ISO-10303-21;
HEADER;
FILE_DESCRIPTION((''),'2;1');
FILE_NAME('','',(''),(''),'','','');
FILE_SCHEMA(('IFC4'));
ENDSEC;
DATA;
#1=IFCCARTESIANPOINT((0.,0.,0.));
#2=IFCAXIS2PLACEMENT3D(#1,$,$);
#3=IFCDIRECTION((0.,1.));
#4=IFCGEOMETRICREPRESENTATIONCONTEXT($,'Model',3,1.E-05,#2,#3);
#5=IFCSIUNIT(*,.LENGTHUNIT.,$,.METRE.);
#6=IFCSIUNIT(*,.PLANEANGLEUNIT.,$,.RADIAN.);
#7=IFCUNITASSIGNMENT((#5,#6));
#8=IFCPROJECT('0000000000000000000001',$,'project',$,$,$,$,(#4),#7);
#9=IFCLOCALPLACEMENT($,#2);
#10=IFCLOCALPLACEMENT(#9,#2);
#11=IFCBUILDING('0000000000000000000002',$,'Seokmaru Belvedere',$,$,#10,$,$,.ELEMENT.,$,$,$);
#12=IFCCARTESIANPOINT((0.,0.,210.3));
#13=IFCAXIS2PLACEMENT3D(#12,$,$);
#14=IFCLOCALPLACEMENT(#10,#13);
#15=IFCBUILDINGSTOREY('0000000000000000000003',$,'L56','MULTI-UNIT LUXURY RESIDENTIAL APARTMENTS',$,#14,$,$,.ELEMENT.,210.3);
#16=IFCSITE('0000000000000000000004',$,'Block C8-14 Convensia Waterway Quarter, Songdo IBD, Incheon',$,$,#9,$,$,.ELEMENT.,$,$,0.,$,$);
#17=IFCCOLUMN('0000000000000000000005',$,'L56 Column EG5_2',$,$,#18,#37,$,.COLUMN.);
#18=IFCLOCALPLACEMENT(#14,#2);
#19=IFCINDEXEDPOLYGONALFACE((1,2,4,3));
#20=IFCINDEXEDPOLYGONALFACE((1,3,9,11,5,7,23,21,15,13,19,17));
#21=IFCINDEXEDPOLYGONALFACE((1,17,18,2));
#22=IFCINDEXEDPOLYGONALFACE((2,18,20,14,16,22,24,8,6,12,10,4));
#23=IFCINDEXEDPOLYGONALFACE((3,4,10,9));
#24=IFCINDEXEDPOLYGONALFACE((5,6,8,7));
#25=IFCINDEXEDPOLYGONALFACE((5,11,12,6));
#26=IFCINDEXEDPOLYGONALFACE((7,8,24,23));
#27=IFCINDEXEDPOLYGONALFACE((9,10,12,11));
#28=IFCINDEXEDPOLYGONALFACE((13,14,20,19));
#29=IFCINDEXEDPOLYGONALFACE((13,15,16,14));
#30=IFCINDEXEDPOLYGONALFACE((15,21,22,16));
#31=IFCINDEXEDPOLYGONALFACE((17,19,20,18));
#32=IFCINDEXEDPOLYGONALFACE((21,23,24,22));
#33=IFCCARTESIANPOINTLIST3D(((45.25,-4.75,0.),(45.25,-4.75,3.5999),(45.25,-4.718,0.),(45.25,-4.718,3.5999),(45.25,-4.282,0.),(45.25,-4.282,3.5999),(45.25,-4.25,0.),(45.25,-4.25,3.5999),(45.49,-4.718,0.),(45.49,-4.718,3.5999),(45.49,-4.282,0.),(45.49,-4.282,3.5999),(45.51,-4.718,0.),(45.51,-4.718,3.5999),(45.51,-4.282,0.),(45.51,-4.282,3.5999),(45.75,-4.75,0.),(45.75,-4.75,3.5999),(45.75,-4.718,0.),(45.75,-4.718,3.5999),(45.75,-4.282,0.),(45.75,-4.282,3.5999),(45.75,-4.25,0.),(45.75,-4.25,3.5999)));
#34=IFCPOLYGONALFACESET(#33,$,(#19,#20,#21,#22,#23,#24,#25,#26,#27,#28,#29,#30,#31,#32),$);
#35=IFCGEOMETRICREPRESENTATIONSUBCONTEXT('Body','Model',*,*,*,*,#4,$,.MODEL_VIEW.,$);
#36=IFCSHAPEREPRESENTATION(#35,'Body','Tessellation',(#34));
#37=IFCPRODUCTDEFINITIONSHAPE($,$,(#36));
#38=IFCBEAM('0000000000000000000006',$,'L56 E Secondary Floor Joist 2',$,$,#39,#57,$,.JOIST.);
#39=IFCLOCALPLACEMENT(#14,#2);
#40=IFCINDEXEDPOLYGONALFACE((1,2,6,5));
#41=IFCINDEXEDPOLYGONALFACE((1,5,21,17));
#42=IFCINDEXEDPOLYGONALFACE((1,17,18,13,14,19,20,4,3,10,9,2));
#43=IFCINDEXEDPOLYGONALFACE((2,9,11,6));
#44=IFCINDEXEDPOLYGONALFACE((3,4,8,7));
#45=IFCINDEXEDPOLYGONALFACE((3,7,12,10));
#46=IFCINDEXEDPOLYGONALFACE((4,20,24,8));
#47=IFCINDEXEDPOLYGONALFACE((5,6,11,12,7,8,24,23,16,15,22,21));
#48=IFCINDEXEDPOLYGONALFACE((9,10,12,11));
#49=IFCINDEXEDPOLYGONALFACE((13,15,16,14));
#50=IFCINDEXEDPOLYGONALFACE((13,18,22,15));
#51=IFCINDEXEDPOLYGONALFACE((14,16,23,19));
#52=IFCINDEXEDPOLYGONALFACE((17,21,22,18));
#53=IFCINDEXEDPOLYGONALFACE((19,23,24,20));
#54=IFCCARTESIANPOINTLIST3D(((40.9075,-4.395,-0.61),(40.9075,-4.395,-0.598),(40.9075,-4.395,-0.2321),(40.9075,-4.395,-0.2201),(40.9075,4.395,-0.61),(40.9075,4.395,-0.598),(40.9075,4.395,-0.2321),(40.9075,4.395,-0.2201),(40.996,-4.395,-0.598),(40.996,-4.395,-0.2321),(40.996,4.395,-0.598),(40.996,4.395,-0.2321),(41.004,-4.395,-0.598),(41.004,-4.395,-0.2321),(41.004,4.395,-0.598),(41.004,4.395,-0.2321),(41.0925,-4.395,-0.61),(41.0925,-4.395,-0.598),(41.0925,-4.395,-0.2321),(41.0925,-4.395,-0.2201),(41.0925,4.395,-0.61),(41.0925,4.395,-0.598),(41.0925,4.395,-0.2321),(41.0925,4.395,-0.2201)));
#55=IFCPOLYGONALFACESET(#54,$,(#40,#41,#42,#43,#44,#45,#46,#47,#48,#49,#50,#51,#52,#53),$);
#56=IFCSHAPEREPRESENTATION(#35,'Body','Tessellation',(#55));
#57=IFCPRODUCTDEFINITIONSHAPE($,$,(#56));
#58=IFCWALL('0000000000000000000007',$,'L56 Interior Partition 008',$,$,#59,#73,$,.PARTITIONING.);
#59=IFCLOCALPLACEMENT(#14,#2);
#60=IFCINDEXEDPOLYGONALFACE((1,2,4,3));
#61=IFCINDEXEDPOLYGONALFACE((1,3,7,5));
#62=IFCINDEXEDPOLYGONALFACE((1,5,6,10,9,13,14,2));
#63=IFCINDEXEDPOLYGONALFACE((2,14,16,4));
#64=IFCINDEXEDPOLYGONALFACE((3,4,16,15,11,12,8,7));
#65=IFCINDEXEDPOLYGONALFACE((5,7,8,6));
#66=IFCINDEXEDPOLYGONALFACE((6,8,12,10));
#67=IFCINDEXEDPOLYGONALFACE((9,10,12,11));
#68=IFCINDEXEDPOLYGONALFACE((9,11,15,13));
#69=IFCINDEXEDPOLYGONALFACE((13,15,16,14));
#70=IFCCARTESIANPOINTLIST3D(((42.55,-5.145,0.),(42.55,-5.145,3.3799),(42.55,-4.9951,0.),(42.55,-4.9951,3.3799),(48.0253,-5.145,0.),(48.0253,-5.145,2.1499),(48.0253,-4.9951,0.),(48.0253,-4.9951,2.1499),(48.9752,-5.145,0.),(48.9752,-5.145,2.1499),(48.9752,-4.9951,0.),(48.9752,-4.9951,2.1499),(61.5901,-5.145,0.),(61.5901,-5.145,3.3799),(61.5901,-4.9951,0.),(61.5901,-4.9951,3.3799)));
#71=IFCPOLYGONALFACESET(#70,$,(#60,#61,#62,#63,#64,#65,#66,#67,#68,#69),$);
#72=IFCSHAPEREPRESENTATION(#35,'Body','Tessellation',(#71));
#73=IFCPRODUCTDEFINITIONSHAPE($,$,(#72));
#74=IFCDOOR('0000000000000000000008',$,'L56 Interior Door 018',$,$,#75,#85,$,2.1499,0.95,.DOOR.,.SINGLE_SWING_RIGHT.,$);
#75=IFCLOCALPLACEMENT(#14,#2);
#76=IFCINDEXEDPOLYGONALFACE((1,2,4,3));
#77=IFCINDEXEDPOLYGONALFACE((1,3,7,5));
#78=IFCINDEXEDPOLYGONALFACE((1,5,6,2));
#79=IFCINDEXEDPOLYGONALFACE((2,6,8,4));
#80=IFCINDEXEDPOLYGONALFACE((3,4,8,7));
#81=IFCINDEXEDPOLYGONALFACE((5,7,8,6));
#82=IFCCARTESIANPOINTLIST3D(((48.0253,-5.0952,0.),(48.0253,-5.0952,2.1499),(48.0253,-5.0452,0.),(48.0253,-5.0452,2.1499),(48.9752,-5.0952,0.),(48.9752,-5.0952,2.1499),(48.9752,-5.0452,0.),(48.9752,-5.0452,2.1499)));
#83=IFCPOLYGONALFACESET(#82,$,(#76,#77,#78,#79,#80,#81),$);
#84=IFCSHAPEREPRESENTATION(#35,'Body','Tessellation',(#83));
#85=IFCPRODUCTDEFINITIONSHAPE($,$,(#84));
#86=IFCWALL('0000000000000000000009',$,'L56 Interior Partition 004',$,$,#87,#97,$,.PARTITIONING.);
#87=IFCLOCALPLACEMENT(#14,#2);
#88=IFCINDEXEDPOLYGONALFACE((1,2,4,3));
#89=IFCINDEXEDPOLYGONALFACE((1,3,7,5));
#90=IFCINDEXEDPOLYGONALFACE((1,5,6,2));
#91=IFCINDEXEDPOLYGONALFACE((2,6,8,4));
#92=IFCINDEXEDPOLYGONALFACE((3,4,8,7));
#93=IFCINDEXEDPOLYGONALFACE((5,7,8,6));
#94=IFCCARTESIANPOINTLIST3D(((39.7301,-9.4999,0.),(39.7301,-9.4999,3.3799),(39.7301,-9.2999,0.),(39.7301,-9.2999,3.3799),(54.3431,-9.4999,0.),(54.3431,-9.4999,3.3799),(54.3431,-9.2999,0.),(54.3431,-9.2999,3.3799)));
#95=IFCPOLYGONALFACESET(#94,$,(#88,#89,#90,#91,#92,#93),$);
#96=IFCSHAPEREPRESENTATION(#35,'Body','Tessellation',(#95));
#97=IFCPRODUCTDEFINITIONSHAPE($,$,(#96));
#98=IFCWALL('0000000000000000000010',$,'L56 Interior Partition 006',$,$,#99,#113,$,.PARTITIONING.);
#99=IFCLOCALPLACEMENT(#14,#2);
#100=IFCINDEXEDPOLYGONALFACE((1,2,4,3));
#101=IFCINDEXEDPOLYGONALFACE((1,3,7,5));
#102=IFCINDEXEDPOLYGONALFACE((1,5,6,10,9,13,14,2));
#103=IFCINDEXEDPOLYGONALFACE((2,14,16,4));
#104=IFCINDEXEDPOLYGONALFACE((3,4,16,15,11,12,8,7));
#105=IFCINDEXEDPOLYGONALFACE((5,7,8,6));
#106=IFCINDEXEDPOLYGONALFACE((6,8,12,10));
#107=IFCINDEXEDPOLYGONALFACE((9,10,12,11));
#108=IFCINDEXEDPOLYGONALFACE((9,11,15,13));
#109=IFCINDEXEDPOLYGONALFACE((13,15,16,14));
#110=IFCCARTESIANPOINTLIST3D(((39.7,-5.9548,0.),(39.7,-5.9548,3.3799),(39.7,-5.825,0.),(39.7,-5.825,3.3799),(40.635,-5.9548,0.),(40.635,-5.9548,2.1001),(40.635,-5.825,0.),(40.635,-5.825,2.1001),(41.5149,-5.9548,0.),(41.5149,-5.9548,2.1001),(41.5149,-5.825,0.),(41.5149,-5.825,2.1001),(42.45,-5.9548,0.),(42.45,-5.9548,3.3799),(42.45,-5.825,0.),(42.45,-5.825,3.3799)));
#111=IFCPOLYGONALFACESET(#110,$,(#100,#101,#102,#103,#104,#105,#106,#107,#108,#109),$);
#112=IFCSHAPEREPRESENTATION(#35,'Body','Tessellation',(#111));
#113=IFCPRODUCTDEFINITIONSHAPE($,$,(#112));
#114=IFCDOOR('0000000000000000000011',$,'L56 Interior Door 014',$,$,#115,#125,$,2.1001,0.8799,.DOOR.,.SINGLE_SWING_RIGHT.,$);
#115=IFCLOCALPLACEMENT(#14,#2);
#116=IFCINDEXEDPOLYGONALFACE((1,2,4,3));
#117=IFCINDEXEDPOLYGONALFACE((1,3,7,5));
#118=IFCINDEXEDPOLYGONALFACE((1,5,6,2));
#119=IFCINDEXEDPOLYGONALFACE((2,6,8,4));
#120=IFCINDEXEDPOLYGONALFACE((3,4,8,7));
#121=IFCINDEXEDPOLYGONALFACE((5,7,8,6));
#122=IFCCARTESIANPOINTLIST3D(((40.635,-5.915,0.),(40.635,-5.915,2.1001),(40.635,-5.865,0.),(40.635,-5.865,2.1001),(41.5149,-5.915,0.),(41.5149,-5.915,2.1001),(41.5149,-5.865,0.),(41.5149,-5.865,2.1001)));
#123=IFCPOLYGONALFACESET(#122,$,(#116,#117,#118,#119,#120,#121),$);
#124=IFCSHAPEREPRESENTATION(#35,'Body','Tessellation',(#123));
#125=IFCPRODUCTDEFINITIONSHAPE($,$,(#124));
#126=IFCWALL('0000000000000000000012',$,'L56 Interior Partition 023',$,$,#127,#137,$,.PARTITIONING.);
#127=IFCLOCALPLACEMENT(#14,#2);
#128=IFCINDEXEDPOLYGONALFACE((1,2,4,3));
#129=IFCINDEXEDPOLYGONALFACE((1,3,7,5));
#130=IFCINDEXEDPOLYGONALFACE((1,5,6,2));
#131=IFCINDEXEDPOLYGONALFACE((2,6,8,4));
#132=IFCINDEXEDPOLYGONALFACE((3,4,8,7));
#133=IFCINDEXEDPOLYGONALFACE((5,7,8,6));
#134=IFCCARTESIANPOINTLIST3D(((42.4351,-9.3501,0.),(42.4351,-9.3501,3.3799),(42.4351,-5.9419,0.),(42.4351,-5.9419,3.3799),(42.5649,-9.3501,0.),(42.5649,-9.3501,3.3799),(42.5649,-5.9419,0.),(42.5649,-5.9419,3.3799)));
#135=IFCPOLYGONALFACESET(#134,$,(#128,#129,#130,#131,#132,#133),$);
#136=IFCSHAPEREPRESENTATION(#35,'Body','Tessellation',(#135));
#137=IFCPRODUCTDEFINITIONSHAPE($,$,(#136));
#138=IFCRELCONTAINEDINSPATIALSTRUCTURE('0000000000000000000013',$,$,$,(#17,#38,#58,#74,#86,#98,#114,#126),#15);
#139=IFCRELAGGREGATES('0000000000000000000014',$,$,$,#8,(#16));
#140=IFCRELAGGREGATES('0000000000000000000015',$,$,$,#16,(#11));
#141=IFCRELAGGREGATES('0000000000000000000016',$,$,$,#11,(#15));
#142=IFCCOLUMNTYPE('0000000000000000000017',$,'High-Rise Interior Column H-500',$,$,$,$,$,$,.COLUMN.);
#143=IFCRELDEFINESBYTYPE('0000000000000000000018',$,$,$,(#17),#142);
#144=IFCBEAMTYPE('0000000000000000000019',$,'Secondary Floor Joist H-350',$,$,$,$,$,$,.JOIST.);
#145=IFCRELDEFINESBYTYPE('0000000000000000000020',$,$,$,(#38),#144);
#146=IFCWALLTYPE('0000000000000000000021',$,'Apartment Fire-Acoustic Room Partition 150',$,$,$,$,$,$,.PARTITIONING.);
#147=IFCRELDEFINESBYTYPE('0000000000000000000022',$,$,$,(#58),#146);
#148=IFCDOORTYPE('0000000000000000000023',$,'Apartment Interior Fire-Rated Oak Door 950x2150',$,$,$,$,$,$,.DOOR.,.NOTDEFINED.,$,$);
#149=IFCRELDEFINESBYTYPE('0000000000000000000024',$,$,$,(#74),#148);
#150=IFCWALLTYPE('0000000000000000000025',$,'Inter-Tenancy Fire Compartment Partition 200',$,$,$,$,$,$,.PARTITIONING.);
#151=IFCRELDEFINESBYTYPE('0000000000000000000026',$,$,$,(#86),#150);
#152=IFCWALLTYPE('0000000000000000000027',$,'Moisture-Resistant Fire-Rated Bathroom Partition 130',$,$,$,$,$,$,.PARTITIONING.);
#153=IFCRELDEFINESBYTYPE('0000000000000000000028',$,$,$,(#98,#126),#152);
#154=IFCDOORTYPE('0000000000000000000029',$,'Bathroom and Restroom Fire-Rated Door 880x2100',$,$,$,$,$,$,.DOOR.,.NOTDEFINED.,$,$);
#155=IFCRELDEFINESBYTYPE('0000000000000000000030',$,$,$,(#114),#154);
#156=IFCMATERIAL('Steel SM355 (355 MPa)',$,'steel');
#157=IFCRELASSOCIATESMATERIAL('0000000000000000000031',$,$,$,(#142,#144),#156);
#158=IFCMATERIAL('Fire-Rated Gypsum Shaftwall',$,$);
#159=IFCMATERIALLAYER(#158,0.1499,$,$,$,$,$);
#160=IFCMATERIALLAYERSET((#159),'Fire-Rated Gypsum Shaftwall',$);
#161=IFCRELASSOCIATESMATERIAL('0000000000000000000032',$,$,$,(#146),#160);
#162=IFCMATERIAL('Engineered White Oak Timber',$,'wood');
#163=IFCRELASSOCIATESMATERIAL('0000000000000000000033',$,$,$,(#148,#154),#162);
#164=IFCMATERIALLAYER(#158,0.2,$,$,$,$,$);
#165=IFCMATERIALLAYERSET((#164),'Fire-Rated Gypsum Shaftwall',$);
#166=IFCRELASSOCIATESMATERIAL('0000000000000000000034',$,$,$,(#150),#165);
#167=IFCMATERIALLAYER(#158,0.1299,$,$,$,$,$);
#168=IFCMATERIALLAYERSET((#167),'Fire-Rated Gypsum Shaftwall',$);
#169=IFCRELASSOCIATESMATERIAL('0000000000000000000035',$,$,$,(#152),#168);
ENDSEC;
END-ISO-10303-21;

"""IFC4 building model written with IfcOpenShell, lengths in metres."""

from ifc_helpers import new_model, si_unit, direction, frame, frame_2d, origin, origin_2d, place, context, subcontext, project, spatial, rectangle, i_section, extrude, source, transform, mapped, material, layer, layer_set, material_profile, profile_set, type_object, type_shapes, element, fill, save


model = new_model("IFC4")

# Units and contexts
model_context = context("Model", 3, precision=1e-05, world=origin(), true_north=direction((0.0, 1.0)))
body_context = subcontext(model_context, "Body", "Model", "MODEL_VIEW")
ifc_project = project(units=[si_unit("LENGTHUNIT", "METRE"), si_unit("PLANEANGLEUNIT", "RADIAN")], contexts=[model_context])

# Site, building, storey
site_placement = place(None, origin())
site = spatial("IfcSite", under=ifc_project, at=site_placement, Name="Block C8-14 Convensia Waterway Quarter, Songdo IBD, Incheon", CompositionType="ELEMENT", RefElevation=0.0)
building_placement = place(site_placement, origin())
building = spatial("IfcBuilding", under=site, at=building_placement, Name="Seokmaru Belvedere", CompositionType="ELEMENT")
storey_placement = place(building_placement, frame((0.0, 0.0, 210.3)))
storey = spatial("IfcBuildingStorey", under=building, at=storey_placement, Name="L56", Description="MULTI-UNIT LUXURY RESIDENTIAL APARTMENTS", CompositionType="ELEMENT", Elevation=210.3)

# Column
ifc_material_1 = material(Name="Steel SM355 (355 MPa)", Category="steel")
ifc_material_profile_1 = material_profile(ifc_material_1, i_section(OverallWidth=0.5, OverallDepth=0.5, WebThickness=0.02, FlangeThickness=0.032, at=origin_2d()), Name="H-500x500x20x32")
ifc_profile_set_1 = profile_set([ifc_material_profile_1], Name="Steel SM355 (355 MPa)")
column_type = type_object("IfcColumnType", Name="High-Rise Interior Column H-500", PredefinedType="COLUMN", material=ifc_profile_set_1)
shared_shape_1 = source(origin(), body_context, "Body", "SweptSolid", [
    extrude(i_section(OverallWidth=0.5, OverallDepth=0.5, WebThickness=0.02, FlangeThickness=0.032, at=origin_2d()), origin(), (0.0, 0.0, 1.0), 3.5999),
])
type_shapes(column_type, [shared_shape_1])
column_placement = place(storey_placement, frame((45.5, -4.5, 0.0), z_axis=(0.0, 0.0, 1.0), x_axis=(1.0, 0.0, 0.0)))
element("IfcColumn", 1, at=column_placement, inside=storey, type_object=column_type, Name="L56 Column EG5_2", PredefinedType="COLUMN", context=body_context, shape_type="MappedRepresentation", body=[
    mapped(shared_shape_1, transform((0.0, 0.0, 0.0), scale=1.0)),
])

# Beam
ifc_material_profile_2 = material_profile(ifc_material_1, i_section(OverallWidth=0.1851, OverallDepth=0.3899, WebThickness=0.0081, FlangeThickness=0.012, at=origin_2d()), Name="H-390x185x8x12")
ifc_profile_set_2 = profile_set([ifc_material_profile_2], Name="Steel SM355 (355 MPa)")
beam_type = type_object("IfcBeamType", Name="Secondary Floor Joist H-350", PredefinedType="JOIST", material=ifc_profile_set_2)
shared_shape_2 = source(origin(), body_context, "Body", "SweptSolid", [
    extrude(i_section(OverallWidth=0.1851, OverallDepth=0.3899, WebThickness=0.0081, FlangeThickness=0.012, at=origin_2d()), origin(), (0.0, 0.0, 1.0), 8.79),
])
type_shapes(beam_type, [shared_shape_2])
beam_placement = place(storey_placement, frame((41.0, -4.395, -0.415), z_axis=(0.0, 1.0, 0.0), x_axis=(-1.0, 0.0, 0.0)))
element("IfcBeam", 2, at=beam_placement, inside=storey, type_object=beam_type, Name="L56 E Secondary Floor Joist 2", PredefinedType="JOIST", context=body_context, shape_type="MappedRepresentation", body=[
    mapped(shared_shape_2, transform((0.0, 0.0, 0.0), scale=1.0)),
])

# Wall, opening, door
ifc_material_2 = material(Name="Fire-Rated Gypsum Shaftwall")
ifc_layer_1 = layer(ifc_material_2, 0.1499)
ifc_layer_set_1 = layer_set([ifc_layer_1], Name="Fire-Rated Gypsum Shaftwall")
wall_type_1 = type_object("IfcWallType", Name="Apartment Fire-Acoustic Room Partition 150", PredefinedType="PARTITIONING", material=ifc_layer_set_1)
wall_1_placement = place(storey_placement, frame((42.55, -5.0701, 0.0), z_axis=(0.0, 0.0, 1.0), x_axis=(1.0, 0.0, 0.0)))
wall_1 = element("IfcWall", 3, at=wall_1_placement, inside=storey, type_object=wall_type_1, Name="L56 Interior Partition 008", PredefinedType="PARTITIONING", context=body_context, shape_type="SweptSolid", body=[
    extrude(rectangle(XDim=19.04, YDim=0.1499, at=frame_2d((9.52, 0.0))), origin(), (0.0, 0.0, 1.0), 3.3799),
])
opening_1_placement = place(wall_1_placement, frame((5.4751, 0.0, 0.0)))
opening_1 = element("IfcOpeningElement", 4, at=opening_1_placement, cuts=wall_1, PredefinedType="OPENING", context=body_context, shape_type="SweptSolid", body=[
    extrude(rectangle(XDim=0.95, YDim=2.1499, at=frame_2d((0.4751, 1.075))), frame((0.0, 0.085, 0.0), z_axis=(0.0, -1.0, 0.0), x_axis=(1.0, 0.0, 0.0)), (0.0, 0.0, 1.0), 0.1699),
])
ifc_material_3 = material(Name="Engineered White Oak Timber", Category="wood")
door_type_1 = type_object("IfcDoorType", Name="Apartment Interior Fire-Rated Oak Door 950x2150", OperationType="NOTDEFINED", PredefinedType="DOOR", material=ifc_material_3)
shared_shape_3 = source(origin(), body_context, "Body", "SweptSolid", [
    extrude(rectangle(XDim=0.95, YDim=2.1499, at=frame_2d((0.4751, 1.075))), frame((0.0, 0.0249, 0.0), z_axis=(0.0, -1.0, 0.0), x_axis=(1.0, 0.0, 0.0)), (0.0, 0.0, 1.0), 0.05),
])
type_shapes(door_type_1, [shared_shape_3])
door_1_placement = place(opening_1_placement, origin())
door_1 = element("IfcDoor", 5, at=door_1_placement, inside=storey, type_object=door_type_1, Name="L56 Interior Door 018", OperationType="SINGLE_SWING_RIGHT", OverallHeight=2.1499, OverallWidth=0.95, PredefinedType="DOOR", context=body_context, shape_type="MappedRepresentation", body=[
    mapped(shared_shape_3, transform((0.0, 0.0, 0.0), scale=1.0)),
])
fill(opening_1, door_1)

# Wall
ifc_layer_2 = layer(ifc_material_2, 0.2)
ifc_layer_set_2 = layer_set([ifc_layer_2], Name="Fire-Rated Gypsum Shaftwall")
wall_type_2 = type_object("IfcWallType", Name="Inter-Tenancy Fire Compartment Partition 200", PredefinedType="PARTITIONING", material=ifc_layer_set_2)
wall_2_placement = place(storey_placement, frame((39.73, -9.3999, 0.0), z_axis=(0.0, 0.0, 1.0), x_axis=(1.0, 0.0, 0.0)))
element("IfcWall", 6, at=wall_2_placement, inside=storey, type_object=wall_type_2, Name="L56 Interior Partition 004", PredefinedType="PARTITIONING", context=body_context, shape_type="SweptSolid", body=[
    extrude(rectangle(XDim=14.613, YDim=0.2, at=frame_2d((7.3066, 0.0))), origin(), (0.0, 0.0, 1.0), 3.3799),
])

# Wall, opening, door
ifc_layer_3 = layer(ifc_material_2, 0.1299)
ifc_layer_set_3 = layer_set([ifc_layer_3], Name="Fire-Rated Gypsum Shaftwall")
wall_type_3 = type_object("IfcWallType", Name="Moisture-Resistant Fire-Rated Bathroom Partition 130", PredefinedType="PARTITIONING", material=ifc_layer_set_3)
wall_3_placement = place(storey_placement, frame((39.7, -5.8899, 0.0), z_axis=(0.0, 0.0, 1.0), x_axis=(1.0, 0.0, 0.0)))
wall_3 = element("IfcWall", 7, at=wall_3_placement, inside=storey, type_object=wall_type_3, Name="L56 Interior Partition 006", PredefinedType="PARTITIONING", context=body_context, shape_type="SweptSolid", body=[
    extrude(rectangle(XDim=2.75, YDim=0.1299, at=frame_2d((1.375, 0.0))), origin(), (0.0, 0.0, 1.0), 3.3799),
])
opening_2_placement = place(wall_3_placement, frame((0.9351, 0.0, 0.0)))
opening_2 = element("IfcOpeningElement", 8, at=opening_2_placement, cuts=wall_3, PredefinedType="OPENING", context=body_context, shape_type="SweptSolid", body=[
    extrude(rectangle(XDim=0.8799, YDim=2.1001, at=frame_2d((0.4399, 1.05))), frame((0.0, 0.075, 0.0), z_axis=(0.0, -1.0, 0.0), x_axis=(1.0, 0.0, 0.0)), (0.0, 0.0, 1.0), 0.1499),
])
door_type_2 = type_object("IfcDoorType", Name="Bathroom and Restroom Fire-Rated Door 880x2100", OperationType="NOTDEFINED", PredefinedType="DOOR", material=ifc_material_3)
shared_shape_4 = source(origin(), body_context, "Body", "SweptSolid", [
    extrude(rectangle(XDim=0.8799, YDim=2.1001, at=frame_2d((0.4399, 1.05))), frame((0.0, 0.0249, 0.0), z_axis=(0.0, -1.0, 0.0), x_axis=(1.0, 0.0, 0.0)), (0.0, 0.0, 1.0), 0.05),
])
type_shapes(door_type_2, [shared_shape_4])
door_2_placement = place(opening_2_placement, origin())
door_2 = element("IfcDoor", 9, at=door_2_placement, inside=storey, type_object=door_type_2, Name="L56 Interior Door 014", OperationType="SINGLE_SWING_RIGHT", OverallHeight=2.1001, OverallWidth=0.8799, PredefinedType="DOOR", context=body_context, shape_type="MappedRepresentation", body=[
    mapped(shared_shape_4, transform((0.0, 0.0, 0.0), scale=1.0)),
])
fill(opening_2, door_2)

# Wall
wall_4_placement = place(storey_placement, frame((42.5, -9.3501, 0.0), z_axis=(0.0, 0.0, 1.0), x_axis=(0.0, 1.0, 0.0)))
element("IfcWall", 10, at=wall_4_placement, inside=storey, type_object=wall_type_3, Name="L56 Interior Partition 023", PredefinedType="PARTITIONING", context=body_context, shape_type="SweptSolid", body=[
    extrude(rectangle(XDim=3.4082, YDim=0.1299, at=frame_2d((1.7041, 0.0))), origin(), (0.0, 0.0, 1.0), 3.3799),
])

save(model, "model.ifc")
